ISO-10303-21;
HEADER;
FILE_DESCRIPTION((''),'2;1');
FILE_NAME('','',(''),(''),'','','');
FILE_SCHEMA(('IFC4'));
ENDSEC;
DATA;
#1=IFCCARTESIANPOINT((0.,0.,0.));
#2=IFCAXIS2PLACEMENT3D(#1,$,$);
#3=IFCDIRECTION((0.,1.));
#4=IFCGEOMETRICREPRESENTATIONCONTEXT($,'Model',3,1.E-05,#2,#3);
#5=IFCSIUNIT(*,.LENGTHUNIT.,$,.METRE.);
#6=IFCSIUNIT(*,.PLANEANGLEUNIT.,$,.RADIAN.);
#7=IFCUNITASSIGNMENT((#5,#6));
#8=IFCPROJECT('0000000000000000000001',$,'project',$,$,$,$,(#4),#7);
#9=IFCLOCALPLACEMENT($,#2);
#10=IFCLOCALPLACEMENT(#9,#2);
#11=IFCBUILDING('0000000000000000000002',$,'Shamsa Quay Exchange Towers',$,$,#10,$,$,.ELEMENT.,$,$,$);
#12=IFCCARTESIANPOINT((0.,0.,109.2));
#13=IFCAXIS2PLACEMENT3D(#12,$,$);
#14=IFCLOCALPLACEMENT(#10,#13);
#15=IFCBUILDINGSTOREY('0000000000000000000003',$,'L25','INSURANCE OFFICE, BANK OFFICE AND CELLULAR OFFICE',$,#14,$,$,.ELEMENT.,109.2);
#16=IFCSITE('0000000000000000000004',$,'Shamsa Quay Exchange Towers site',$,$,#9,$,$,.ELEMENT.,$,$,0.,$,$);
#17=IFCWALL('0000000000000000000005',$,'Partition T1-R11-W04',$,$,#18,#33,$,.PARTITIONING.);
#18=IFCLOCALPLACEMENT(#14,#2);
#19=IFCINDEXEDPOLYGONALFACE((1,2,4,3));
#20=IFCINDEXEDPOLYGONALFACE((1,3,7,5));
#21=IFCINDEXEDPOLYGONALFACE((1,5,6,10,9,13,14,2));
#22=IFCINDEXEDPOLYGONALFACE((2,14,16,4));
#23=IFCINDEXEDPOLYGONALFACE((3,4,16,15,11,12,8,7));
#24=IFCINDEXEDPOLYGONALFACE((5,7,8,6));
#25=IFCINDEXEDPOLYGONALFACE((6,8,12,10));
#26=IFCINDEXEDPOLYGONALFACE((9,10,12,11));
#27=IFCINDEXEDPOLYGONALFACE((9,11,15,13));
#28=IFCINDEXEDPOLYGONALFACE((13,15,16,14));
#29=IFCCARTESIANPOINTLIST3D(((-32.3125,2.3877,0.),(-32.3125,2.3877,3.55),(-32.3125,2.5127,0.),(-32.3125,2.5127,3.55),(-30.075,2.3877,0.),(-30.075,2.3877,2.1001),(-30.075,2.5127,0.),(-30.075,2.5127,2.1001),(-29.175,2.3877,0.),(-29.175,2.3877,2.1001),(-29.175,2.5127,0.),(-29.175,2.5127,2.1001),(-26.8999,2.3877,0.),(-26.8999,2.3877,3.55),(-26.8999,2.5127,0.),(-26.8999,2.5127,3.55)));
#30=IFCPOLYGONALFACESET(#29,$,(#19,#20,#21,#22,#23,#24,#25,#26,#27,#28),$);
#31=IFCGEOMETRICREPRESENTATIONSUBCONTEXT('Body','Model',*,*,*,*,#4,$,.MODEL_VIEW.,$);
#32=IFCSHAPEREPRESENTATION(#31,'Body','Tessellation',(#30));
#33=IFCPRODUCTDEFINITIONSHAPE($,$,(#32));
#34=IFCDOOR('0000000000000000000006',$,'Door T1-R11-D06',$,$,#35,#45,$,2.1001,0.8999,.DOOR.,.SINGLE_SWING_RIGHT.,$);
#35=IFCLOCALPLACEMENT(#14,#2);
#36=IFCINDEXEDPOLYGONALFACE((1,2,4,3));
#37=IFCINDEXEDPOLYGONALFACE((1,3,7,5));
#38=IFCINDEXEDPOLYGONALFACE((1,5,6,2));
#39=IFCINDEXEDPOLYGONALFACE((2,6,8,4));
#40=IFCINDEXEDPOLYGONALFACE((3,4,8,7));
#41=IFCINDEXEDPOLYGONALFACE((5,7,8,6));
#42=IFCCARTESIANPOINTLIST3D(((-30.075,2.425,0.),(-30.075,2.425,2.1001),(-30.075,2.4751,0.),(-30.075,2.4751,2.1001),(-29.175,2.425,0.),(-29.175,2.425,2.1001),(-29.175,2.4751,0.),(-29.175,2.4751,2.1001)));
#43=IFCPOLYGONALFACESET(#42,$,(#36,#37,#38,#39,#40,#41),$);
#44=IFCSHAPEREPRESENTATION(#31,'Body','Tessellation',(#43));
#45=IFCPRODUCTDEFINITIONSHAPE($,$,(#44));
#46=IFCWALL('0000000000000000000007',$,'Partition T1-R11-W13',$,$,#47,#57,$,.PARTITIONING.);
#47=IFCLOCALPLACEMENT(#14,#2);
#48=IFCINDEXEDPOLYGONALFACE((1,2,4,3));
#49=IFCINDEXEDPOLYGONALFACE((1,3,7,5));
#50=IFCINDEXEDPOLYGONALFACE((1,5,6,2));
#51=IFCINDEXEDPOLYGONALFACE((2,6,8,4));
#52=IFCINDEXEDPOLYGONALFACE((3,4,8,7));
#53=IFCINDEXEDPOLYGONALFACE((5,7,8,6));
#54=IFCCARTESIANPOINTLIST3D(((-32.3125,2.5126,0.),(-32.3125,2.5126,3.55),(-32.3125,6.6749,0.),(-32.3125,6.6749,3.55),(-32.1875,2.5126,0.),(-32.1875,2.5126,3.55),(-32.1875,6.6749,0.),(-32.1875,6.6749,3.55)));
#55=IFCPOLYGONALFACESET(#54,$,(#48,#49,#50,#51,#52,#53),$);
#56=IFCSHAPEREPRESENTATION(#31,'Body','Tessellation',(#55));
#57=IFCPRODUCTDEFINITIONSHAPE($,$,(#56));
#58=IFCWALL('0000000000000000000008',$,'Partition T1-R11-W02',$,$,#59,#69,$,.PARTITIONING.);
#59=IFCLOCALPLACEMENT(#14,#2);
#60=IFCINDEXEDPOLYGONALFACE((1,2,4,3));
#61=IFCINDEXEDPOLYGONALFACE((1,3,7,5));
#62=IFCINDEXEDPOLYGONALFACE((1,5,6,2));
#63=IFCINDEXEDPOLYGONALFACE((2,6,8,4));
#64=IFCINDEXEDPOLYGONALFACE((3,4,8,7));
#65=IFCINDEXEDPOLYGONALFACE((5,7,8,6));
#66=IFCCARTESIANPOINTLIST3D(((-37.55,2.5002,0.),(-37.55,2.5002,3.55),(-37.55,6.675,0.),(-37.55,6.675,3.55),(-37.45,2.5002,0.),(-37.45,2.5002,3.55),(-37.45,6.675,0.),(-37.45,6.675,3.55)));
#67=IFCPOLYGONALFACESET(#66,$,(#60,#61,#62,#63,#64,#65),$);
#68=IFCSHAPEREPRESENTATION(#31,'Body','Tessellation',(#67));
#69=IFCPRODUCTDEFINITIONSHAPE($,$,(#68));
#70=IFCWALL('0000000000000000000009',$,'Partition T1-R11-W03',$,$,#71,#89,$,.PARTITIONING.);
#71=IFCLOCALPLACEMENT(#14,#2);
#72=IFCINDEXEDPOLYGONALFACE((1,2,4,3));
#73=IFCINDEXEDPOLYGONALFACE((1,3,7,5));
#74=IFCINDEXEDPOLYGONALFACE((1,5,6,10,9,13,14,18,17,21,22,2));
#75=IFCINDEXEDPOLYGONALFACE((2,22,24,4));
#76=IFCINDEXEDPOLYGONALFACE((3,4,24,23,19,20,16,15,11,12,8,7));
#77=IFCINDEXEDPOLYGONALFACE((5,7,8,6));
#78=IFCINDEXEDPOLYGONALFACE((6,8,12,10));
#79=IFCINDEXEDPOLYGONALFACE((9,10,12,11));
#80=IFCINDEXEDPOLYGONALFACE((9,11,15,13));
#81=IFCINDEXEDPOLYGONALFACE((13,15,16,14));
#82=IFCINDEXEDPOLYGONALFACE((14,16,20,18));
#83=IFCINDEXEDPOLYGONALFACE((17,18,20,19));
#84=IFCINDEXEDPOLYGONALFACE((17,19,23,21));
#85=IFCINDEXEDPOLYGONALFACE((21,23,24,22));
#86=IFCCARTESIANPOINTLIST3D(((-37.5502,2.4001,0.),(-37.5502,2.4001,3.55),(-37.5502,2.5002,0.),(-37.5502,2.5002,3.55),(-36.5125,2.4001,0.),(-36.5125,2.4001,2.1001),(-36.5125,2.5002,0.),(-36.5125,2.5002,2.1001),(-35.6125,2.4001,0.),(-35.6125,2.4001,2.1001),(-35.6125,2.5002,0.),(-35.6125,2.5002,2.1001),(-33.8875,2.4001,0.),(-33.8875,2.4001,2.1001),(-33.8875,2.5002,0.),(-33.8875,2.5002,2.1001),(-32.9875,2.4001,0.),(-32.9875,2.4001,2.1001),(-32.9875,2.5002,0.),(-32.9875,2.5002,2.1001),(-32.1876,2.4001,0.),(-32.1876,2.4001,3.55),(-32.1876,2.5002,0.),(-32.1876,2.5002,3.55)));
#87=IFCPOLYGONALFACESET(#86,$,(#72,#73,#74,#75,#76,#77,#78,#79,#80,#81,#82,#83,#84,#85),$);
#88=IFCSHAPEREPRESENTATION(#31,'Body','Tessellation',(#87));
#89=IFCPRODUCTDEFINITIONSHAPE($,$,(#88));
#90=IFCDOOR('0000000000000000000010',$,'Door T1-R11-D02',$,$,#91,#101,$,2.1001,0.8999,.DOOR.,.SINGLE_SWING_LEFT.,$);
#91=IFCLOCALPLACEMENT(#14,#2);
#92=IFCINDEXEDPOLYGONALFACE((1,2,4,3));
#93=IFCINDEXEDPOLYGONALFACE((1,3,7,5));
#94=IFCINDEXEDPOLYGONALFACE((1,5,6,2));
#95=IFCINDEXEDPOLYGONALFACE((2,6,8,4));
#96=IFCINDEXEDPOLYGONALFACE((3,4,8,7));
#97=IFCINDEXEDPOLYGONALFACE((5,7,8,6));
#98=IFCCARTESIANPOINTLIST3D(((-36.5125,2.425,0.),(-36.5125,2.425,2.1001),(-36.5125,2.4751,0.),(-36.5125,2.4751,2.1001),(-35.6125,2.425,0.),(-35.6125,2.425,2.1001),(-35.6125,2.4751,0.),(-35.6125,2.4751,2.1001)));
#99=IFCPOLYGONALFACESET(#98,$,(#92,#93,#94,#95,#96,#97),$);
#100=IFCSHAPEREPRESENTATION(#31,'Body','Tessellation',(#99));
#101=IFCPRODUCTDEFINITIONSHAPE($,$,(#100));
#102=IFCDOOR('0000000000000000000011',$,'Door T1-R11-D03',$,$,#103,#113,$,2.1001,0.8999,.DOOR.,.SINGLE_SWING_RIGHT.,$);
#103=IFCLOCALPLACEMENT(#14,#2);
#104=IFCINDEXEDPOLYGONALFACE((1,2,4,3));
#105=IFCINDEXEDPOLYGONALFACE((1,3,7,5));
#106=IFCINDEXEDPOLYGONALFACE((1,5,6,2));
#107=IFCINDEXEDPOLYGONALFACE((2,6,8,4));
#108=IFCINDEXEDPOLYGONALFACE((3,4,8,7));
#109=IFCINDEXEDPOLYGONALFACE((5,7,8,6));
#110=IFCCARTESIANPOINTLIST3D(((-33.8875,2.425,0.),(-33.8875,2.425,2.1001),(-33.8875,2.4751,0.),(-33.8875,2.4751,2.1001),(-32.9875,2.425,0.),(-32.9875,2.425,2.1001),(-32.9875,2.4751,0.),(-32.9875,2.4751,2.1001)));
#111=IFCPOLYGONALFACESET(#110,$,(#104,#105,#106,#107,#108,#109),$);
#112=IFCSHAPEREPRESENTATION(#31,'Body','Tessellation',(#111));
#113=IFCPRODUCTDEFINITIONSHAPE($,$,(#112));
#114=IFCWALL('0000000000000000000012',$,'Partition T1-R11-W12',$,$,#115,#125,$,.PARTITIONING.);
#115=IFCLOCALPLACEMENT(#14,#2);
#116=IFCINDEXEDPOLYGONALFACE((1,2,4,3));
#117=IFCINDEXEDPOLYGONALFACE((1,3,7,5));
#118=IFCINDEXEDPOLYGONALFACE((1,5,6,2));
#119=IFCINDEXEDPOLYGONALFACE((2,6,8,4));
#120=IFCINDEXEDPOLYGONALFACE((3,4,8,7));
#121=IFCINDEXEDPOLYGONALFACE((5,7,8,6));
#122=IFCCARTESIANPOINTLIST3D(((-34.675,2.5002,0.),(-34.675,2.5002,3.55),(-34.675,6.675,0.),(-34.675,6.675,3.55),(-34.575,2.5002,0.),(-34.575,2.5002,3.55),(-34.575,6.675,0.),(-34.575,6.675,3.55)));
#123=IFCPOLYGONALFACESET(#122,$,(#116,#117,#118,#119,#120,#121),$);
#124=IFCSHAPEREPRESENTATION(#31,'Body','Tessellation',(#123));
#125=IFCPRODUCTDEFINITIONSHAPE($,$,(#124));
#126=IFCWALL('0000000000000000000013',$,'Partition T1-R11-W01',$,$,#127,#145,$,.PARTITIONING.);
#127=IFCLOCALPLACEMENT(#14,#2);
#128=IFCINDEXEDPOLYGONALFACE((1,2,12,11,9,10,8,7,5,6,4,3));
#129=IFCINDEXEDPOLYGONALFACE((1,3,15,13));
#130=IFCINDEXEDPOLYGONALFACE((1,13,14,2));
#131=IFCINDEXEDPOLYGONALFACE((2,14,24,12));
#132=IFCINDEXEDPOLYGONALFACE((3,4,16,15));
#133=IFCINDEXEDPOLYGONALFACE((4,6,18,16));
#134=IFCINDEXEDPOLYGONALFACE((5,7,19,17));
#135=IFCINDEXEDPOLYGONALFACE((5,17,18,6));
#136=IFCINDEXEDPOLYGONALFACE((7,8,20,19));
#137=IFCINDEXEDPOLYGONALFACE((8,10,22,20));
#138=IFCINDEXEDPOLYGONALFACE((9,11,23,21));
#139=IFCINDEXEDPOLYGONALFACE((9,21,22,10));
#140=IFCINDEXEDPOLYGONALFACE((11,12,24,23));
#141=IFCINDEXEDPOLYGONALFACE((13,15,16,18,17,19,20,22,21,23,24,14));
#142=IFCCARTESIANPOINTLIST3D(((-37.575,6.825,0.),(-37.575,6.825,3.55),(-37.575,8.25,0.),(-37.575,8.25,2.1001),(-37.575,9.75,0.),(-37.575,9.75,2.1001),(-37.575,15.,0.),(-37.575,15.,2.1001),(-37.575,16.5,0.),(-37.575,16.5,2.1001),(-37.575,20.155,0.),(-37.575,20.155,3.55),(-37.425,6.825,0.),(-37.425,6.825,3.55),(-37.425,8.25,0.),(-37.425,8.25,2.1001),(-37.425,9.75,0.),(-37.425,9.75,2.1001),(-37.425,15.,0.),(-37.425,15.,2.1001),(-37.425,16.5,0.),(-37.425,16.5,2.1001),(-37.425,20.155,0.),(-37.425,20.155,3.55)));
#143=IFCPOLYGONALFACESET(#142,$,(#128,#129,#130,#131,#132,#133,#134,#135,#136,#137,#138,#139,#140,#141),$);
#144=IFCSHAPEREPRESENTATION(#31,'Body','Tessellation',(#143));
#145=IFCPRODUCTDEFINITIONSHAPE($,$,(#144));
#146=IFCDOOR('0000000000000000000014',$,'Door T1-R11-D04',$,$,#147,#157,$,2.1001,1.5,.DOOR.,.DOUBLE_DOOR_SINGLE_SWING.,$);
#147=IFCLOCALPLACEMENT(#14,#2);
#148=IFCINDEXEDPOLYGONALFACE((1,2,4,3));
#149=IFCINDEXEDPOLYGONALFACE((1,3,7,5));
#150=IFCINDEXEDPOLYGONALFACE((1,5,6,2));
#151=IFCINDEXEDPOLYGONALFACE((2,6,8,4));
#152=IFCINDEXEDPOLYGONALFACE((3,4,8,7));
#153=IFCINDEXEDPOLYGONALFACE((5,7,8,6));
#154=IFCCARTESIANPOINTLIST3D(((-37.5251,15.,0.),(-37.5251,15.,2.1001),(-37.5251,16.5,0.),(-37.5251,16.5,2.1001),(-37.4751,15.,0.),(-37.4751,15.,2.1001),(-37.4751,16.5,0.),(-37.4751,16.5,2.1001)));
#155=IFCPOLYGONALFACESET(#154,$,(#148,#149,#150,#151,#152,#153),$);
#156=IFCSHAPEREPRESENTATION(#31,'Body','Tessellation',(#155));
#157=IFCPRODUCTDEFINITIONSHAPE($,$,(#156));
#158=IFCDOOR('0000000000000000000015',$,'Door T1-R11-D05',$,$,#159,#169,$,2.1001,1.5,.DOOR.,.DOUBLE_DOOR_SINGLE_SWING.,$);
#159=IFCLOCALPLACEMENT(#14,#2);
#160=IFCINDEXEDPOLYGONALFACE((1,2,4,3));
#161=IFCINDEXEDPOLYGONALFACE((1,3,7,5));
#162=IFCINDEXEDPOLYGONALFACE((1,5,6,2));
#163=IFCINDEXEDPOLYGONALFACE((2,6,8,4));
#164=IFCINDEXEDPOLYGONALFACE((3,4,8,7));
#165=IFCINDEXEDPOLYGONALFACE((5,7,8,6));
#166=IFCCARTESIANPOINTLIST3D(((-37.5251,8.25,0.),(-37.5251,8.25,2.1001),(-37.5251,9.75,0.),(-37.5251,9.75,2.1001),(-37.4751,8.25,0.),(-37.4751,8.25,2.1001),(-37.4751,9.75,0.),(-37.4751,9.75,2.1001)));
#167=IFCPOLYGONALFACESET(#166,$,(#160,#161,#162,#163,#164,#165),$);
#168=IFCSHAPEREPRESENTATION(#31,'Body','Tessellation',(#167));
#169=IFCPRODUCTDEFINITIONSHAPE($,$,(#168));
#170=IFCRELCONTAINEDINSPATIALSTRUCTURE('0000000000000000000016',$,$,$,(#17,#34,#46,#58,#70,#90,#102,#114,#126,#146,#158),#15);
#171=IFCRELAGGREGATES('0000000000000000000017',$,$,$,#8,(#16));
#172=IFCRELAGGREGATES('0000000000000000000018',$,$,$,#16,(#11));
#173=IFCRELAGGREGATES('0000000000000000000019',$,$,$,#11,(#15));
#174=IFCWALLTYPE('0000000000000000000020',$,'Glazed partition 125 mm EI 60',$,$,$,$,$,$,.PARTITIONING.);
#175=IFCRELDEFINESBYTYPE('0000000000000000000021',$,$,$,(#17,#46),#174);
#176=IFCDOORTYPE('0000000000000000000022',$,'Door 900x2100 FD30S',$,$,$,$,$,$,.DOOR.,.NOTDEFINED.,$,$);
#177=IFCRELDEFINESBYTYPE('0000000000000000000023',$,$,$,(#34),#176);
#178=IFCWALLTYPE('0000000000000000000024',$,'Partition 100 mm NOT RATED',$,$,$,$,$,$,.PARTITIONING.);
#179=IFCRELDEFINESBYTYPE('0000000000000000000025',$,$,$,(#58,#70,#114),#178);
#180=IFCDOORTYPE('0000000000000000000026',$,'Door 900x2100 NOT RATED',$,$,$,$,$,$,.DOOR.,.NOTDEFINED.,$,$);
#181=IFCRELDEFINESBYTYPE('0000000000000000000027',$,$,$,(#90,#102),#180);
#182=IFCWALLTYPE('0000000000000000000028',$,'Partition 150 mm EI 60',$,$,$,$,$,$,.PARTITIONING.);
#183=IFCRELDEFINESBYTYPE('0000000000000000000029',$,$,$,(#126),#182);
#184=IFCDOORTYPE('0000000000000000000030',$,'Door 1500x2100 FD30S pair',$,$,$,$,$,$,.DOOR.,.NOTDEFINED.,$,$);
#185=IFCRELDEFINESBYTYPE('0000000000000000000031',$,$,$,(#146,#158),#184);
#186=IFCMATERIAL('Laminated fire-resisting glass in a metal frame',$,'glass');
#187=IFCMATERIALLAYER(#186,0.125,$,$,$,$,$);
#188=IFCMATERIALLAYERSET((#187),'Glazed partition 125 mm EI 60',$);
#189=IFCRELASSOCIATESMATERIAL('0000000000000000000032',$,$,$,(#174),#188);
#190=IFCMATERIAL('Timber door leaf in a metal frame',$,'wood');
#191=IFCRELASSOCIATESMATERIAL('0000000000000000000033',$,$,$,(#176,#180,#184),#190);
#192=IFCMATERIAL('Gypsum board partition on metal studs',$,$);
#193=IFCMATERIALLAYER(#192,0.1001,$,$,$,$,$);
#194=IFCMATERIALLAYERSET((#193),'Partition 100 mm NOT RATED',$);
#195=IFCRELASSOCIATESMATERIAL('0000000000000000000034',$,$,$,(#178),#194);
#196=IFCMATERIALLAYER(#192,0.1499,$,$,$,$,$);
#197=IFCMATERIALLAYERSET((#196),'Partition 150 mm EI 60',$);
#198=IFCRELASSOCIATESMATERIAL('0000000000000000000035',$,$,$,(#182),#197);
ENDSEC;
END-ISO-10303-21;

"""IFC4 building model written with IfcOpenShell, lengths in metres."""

from ifc_helpers import new_model, si_unit, direction, frame, frame_2d, origin, place, context, subcontext, project, spatial, rectangle, extrude, material, layer, layer_set, type_object, element, fill, save


model = new_model("IFC4")

# Units and contexts
model_context = context("Model", 3, precision=1e-05, world=origin(), true_north=direction((0.0, 1.0)))
body_context = subcontext(model_context, "Body", "Model", "MODEL_VIEW")
ifc_project = project(units=[si_unit("LENGTHUNIT", "METRE"), si_unit("PLANEANGLEUNIT", "RADIAN")], contexts=[model_context])

# Site, building, storey
site_placement = place(None, origin())
site = spatial("IfcSite", under=ifc_project, at=site_placement, Name="Shamsa Quay Exchange Towers site", CompositionType="ELEMENT", RefElevation=0.0)
building_placement = place(site_placement, origin())
building = spatial("IfcBuilding", under=site, at=building_placement, Name="Shamsa Quay Exchange Towers", CompositionType="ELEMENT")
storey_placement = place(building_placement, frame((0.0, 0.0, 109.2)))
storey = spatial("IfcBuildingStorey", under=building, at=storey_placement, Name="L25", Description="INSURANCE OFFICE, BANK OFFICE AND CELLULAR OFFICE", CompositionType="ELEMENT", Elevation=109.2)

# Wall, opening, door
ifc_material_1 = material(Name="Laminated fire-resisting glass in a metal frame", Category="glass")
ifc_layer_1 = layer(ifc_material_1, 0.125)
ifc_layer_set_1 = layer_set([ifc_layer_1], Name="Glazed partition 125 mm EI 60")
wall_type_1 = type_object("IfcWallType", Name="Glazed partition 125 mm EI 60", PredefinedType="PARTITIONING", material=ifc_layer_set_1)
wall_1_placement = place(storey_placement, frame((-32.3125, 2.4502, 0.0)))
wall_1 = element("IfcWall", 1, at=wall_1_placement, inside=storey, type_object=wall_type_1, Name="Partition T1-R11-W04", PredefinedType="PARTITIONING", context=body_context, shape_type="SweptSolid", body=[
    extrude(rectangle(XDim=5.4126, YDim=0.125, at=frame_2d((2.7063, 0.0))), origin(), (0.0, 0.0, 1.0), 3.55),
])
opening_1_placement = place(wall_1_placement, frame((2.2375, 0.0, 0.0)))
opening_1 = element("IfcOpeningElement", 2, at=opening_1_placement, cuts=wall_1, PredefinedType="OPENING", context=body_context, shape_type="SweptSolid", body=[
    extrude(rectangle(XDim=0.8999, YDim=2.1001, at=frame_2d((0.45, 1.05))), frame((0.0, 0.0725, 0.0), z_axis=(0.0, -1.0, 0.0), x_axis=(1.0, 0.0, 0.0)), (0.0, 0.0, 1.0), 0.145),
])
ifc_material_2 = material(Name="Timber door leaf in a metal frame", Category="wood")
door_type_1 = type_object("IfcDoorType", Name="Door 900x2100 FD30S", OperationType="NOTDEFINED", PredefinedType="DOOR", material=ifc_material_2)
door_1_placement = place(opening_1_placement, origin())
door_1 = element("IfcDoor", 3, at=door_1_placement, inside=storey, type_object=door_type_1, Name="Door T1-R11-D06", OperationType="SINGLE_SWING_RIGHT", OverallHeight=2.1001, OverallWidth=0.8999, PredefinedType="DOOR", context=body_context, shape_type="SweptSolid", body=[
    extrude(rectangle(XDim=0.8999, YDim=2.1001, at=frame_2d((0.45, 1.05))), frame((0.0, 0.0249, 0.0), z_axis=(0.0, -1.0, 0.0), x_axis=(1.0, 0.0, 0.0)), (0.0, 0.0, 1.0), 0.05),
])
fill(opening_1, door_1)

# Walls
wall_2_placement = place(storey_placement, frame((-32.25, 2.5127, 0.0), z_axis=(0.0, 0.0, 1.0), x_axis=(0.0, 1.0, 0.0)))
element("IfcWall", 4, at=wall_2_placement, inside=storey, type_object=wall_type_1, Name="Partition T1-R11-W13", PredefinedType="PARTITIONING", context=body_context, shape_type="SweptSolid", body=[
    extrude(rectangle(XDim=4.1624, YDim=0.125, at=frame_2d((2.0811, 0.0))), origin(), (0.0, 0.0, 1.0), 3.55),
])
ifc_material_3 = material(Name="Gypsum board partition on metal studs")
ifc_layer_2 = layer(ifc_material_3, 0.1001)
ifc_layer_set_2 = layer_set([ifc_layer_2], Name="Partition 100 mm NOT RATED")
wall_type_2 = type_object("IfcWallType", Name="Partition 100 mm NOT RATED", PredefinedType="PARTITIONING", material=ifc_layer_set_2)
wall_3_placement = place(storey_placement, frame((-37.5, 6.675, 0.0), z_axis=(0.0, 0.0, 1.0), x_axis=(0.0, -1.0, 0.0)))
element("IfcWall", 5, at=wall_3_placement, inside=storey, type_object=wall_type_2, Name="Partition T1-R11-W02", PredefinedType="PARTITIONING", context=body_context, shape_type="SweptSolid", body=[
    extrude(rectangle(XDim=4.1748, YDim=0.1001, at=frame_2d((2.0874, 0.0))), origin(), (0.0, 0.0, 1.0), 3.55),
])

# Wall, openings, doors
wall_4_placement = place(storey_placement, frame((-37.55, 2.4502, 0.0)))
wall_4 = element("IfcWall", 6, at=wall_4_placement, inside=storey, type_object=wall_type_2, Name="Partition T1-R11-W03", PredefinedType="PARTITIONING", context=body_context, shape_type="SweptSolid", body=[
    extrude(rectangle(XDim=5.3625, YDim=0.1001, at=frame_2d((2.6812, 0.0))), origin(), (0.0, 0.0, 1.0), 3.55),
])
opening_2_placement = place(wall_4_placement, frame((1.0376, 0.0, 0.0)))
opening_2 = element("IfcOpeningElement", 7, at=opening_2_placement, cuts=wall_4, PredefinedType="OPENING", context=body_context, shape_type="SweptSolid", body=[
    extrude(rectangle(XDim=0.8999, YDim=2.1001, at=frame_2d((0.45, 1.05))), frame((0.0, 0.0601, 0.0), z_axis=(0.0, -1.0, 0.0), x_axis=(1.0, 0.0, 0.0)), (0.0, 0.0, 1.0), 0.1201),
])
opening_3_placement = place(wall_4_placement, frame((3.6626, 0.0, 0.0)))
opening_3 = element("IfcOpeningElement", 8, at=opening_3_placement, cuts=wall_4, PredefinedType="OPENING", context=body_context, shape_type="SweptSolid", body=[
    extrude(rectangle(XDim=0.8999, YDim=2.1001, at=frame_2d((0.45, 1.05))), frame((0.0, 0.0601, 0.0), z_axis=(0.0, -1.0, 0.0), x_axis=(1.0, 0.0, 0.0)), (0.0, 0.0, 1.0), 0.1201),
])
door_type_2 = type_object("IfcDoorType", Name="Door 900x2100 NOT RATED", OperationType="NOTDEFINED", PredefinedType="DOOR", material=ifc_material_2)
door_2_placement = place(opening_2_placement, origin())
door_2 = element("IfcDoor", 9, at=door_2_placement, inside=storey, type_object=door_type_2, Name="Door T1-R11-D02", OperationType="SINGLE_SWING_LEFT", OverallHeight=2.1001, OverallWidth=0.8999, PredefinedType="DOOR", context=body_context, shape_type="SweptSolid", body=[
    extrude(rectangle(XDim=0.8999, YDim=2.1001, at=frame_2d((0.45, 1.05))), frame((0.0, 0.0249, 0.0), z_axis=(0.0, -1.0, 0.0), x_axis=(1.0, 0.0, 0.0)), (0.0, 0.0, 1.0), 0.05),
])
fill(opening_2, door_2)
door_3_placement = place(opening_3_placement, origin())
door_3 = element("IfcDoor", 10, at=door_3_placement, inside=storey, type_object=door_type_2, Name="Door T1-R11-D03", OperationType="SINGLE_SWING_RIGHT", OverallHeight=2.1001, OverallWidth=0.8999, PredefinedType="DOOR", context=body_context, shape_type="SweptSolid", body=[
    extrude(rectangle(XDim=0.8999, YDim=2.1001, at=frame_2d((0.45, 1.05))), frame((0.0, 0.0249, 0.0), z_axis=(0.0, -1.0, 0.0), x_axis=(1.0, 0.0, 0.0)), (0.0, 0.0, 1.0), 0.05),
])
fill(opening_3, door_3)

# Wall
wall_5_placement = place(storey_placement, frame((-34.625, 2.5002, 0.0), z_axis=(0.0, 0.0, 1.0), x_axis=(0.0, 1.0, 0.0)))
element("IfcWall", 11, at=wall_5_placement, inside=storey, type_object=wall_type_2, Name="Partition T1-R11-W12", PredefinedType="PARTITIONING", context=body_context, shape_type="SweptSolid", body=[
    extrude(rectangle(XDim=4.1748, YDim=0.1001, at=frame_2d((2.0874, 0.0))), origin(), (0.0, 0.0, 1.0), 3.55),
])

# Wall, openings, doors
ifc_layer_3 = layer(ifc_material_3, 0.1499)
ifc_layer_set_3 = layer_set([ifc_layer_3], Name="Partition 150 mm EI 60")
wall_type_3 = type_object("IfcWallType", Name="Partition 150 mm EI 60", PredefinedType="PARTITIONING", material=ifc_layer_set_3)
wall_6_placement = place(storey_placement, frame((-37.5, 20.155, 0.0), z_axis=(0.0, 0.0, 1.0), x_axis=(0.0, -1.0, 0.0)))
wall_6 = element("IfcWall", 12, at=wall_6_placement, inside=storey, type_object=wall_type_3, Name="Partition T1-R11-W01", PredefinedType="PARTITIONING", context=body_context, shape_type="SweptSolid", body=[
    extrude(rectangle(XDim=13.3301, YDim=0.1499, at=frame_2d((6.665, 0.0))), origin(), (0.0, 0.0, 1.0), 3.55),
])
opening_4_placement = place(wall_6_placement, frame((3.655, 0.0, 0.0)))
opening_4 = element("IfcOpeningElement", 13, at=opening_4_placement, cuts=wall_6, PredefinedType="OPENING", context=body_context, shape_type="SweptSolid", body=[
    extrude(rectangle(XDim=1.5, YDim=2.1001, at=frame_2d((0.75, 1.05))), frame((0.0, 0.085, 0.0), z_axis=(0.0, -1.0, 0.0), x_axis=(1.0, 0.0, 0.0)), (0.0, 0.0, 1.0), 0.1699),
])
opening_5_placement = place(wall_6_placement, frame((10.405, 0.0, 0.0)))
opening_5 = element("IfcOpeningElement", 14, at=opening_5_placement, cuts=wall_6, PredefinedType="OPENING", context=body_context, shape_type="SweptSolid", body=[
    extrude(rectangle(XDim=1.5, YDim=2.1001, at=frame_2d((0.75, 1.05))), frame((0.0, 0.085, 0.0), z_axis=(0.0, -1.0, 0.0), x_axis=(1.0, 0.0, 0.0)), (0.0, 0.0, 1.0), 0.1699),
])
door_type_3 = type_object("IfcDoorType", Name="Door 1500x2100 FD30S pair", OperationType="NOTDEFINED", PredefinedType="DOOR", material=ifc_material_2)
door_4_placement = place(opening_4_placement, origin())
door_4 = element("IfcDoor", 15, at=door_4_placement, inside=storey, type_object=door_type_3, Name="Door T1-R11-D04", OperationType="DOUBLE_DOOR_SINGLE_SWING", OverallHeight=2.1001, OverallWidth=1.5, PredefinedType="DOOR", context=body_context, shape_type="SweptSolid", body=[
    extrude(rectangle(XDim=1.5, YDim=2.1001, at=frame_2d((0.75, 1.05))), frame((0.0, 0.0249, 0.0), z_axis=(0.0, -1.0, 0.0), x_axis=(1.0, 0.0, 0.0)), (0.0, 0.0, 1.0), 0.05),
])
fill(opening_4, door_4)
door_5_placement = place(opening_5_placement, origin())
door_5 = element("IfcDoor", 16, at=door_5_placement, inside=storey, type_object=door_type_3, Name="Door T1-R11-D05", OperationType="DOUBLE_DOOR_SINGLE_SWING", OverallHeight=2.1001, OverallWidth=1.5, PredefinedType="DOOR", context=body_context, shape_type="SweptSolid", body=[
    extrude(rectangle(XDim=1.5, YDim=2.1001, at=frame_2d((0.75, 1.05))), frame((0.0, 0.0249, 0.0), z_axis=(0.0, -1.0, 0.0), x_axis=(1.0, 0.0, 0.0)), (0.0, 0.0, 1.0), 0.05),
])
fill(opening_5, door_5)

save(model, "model.ifc")
